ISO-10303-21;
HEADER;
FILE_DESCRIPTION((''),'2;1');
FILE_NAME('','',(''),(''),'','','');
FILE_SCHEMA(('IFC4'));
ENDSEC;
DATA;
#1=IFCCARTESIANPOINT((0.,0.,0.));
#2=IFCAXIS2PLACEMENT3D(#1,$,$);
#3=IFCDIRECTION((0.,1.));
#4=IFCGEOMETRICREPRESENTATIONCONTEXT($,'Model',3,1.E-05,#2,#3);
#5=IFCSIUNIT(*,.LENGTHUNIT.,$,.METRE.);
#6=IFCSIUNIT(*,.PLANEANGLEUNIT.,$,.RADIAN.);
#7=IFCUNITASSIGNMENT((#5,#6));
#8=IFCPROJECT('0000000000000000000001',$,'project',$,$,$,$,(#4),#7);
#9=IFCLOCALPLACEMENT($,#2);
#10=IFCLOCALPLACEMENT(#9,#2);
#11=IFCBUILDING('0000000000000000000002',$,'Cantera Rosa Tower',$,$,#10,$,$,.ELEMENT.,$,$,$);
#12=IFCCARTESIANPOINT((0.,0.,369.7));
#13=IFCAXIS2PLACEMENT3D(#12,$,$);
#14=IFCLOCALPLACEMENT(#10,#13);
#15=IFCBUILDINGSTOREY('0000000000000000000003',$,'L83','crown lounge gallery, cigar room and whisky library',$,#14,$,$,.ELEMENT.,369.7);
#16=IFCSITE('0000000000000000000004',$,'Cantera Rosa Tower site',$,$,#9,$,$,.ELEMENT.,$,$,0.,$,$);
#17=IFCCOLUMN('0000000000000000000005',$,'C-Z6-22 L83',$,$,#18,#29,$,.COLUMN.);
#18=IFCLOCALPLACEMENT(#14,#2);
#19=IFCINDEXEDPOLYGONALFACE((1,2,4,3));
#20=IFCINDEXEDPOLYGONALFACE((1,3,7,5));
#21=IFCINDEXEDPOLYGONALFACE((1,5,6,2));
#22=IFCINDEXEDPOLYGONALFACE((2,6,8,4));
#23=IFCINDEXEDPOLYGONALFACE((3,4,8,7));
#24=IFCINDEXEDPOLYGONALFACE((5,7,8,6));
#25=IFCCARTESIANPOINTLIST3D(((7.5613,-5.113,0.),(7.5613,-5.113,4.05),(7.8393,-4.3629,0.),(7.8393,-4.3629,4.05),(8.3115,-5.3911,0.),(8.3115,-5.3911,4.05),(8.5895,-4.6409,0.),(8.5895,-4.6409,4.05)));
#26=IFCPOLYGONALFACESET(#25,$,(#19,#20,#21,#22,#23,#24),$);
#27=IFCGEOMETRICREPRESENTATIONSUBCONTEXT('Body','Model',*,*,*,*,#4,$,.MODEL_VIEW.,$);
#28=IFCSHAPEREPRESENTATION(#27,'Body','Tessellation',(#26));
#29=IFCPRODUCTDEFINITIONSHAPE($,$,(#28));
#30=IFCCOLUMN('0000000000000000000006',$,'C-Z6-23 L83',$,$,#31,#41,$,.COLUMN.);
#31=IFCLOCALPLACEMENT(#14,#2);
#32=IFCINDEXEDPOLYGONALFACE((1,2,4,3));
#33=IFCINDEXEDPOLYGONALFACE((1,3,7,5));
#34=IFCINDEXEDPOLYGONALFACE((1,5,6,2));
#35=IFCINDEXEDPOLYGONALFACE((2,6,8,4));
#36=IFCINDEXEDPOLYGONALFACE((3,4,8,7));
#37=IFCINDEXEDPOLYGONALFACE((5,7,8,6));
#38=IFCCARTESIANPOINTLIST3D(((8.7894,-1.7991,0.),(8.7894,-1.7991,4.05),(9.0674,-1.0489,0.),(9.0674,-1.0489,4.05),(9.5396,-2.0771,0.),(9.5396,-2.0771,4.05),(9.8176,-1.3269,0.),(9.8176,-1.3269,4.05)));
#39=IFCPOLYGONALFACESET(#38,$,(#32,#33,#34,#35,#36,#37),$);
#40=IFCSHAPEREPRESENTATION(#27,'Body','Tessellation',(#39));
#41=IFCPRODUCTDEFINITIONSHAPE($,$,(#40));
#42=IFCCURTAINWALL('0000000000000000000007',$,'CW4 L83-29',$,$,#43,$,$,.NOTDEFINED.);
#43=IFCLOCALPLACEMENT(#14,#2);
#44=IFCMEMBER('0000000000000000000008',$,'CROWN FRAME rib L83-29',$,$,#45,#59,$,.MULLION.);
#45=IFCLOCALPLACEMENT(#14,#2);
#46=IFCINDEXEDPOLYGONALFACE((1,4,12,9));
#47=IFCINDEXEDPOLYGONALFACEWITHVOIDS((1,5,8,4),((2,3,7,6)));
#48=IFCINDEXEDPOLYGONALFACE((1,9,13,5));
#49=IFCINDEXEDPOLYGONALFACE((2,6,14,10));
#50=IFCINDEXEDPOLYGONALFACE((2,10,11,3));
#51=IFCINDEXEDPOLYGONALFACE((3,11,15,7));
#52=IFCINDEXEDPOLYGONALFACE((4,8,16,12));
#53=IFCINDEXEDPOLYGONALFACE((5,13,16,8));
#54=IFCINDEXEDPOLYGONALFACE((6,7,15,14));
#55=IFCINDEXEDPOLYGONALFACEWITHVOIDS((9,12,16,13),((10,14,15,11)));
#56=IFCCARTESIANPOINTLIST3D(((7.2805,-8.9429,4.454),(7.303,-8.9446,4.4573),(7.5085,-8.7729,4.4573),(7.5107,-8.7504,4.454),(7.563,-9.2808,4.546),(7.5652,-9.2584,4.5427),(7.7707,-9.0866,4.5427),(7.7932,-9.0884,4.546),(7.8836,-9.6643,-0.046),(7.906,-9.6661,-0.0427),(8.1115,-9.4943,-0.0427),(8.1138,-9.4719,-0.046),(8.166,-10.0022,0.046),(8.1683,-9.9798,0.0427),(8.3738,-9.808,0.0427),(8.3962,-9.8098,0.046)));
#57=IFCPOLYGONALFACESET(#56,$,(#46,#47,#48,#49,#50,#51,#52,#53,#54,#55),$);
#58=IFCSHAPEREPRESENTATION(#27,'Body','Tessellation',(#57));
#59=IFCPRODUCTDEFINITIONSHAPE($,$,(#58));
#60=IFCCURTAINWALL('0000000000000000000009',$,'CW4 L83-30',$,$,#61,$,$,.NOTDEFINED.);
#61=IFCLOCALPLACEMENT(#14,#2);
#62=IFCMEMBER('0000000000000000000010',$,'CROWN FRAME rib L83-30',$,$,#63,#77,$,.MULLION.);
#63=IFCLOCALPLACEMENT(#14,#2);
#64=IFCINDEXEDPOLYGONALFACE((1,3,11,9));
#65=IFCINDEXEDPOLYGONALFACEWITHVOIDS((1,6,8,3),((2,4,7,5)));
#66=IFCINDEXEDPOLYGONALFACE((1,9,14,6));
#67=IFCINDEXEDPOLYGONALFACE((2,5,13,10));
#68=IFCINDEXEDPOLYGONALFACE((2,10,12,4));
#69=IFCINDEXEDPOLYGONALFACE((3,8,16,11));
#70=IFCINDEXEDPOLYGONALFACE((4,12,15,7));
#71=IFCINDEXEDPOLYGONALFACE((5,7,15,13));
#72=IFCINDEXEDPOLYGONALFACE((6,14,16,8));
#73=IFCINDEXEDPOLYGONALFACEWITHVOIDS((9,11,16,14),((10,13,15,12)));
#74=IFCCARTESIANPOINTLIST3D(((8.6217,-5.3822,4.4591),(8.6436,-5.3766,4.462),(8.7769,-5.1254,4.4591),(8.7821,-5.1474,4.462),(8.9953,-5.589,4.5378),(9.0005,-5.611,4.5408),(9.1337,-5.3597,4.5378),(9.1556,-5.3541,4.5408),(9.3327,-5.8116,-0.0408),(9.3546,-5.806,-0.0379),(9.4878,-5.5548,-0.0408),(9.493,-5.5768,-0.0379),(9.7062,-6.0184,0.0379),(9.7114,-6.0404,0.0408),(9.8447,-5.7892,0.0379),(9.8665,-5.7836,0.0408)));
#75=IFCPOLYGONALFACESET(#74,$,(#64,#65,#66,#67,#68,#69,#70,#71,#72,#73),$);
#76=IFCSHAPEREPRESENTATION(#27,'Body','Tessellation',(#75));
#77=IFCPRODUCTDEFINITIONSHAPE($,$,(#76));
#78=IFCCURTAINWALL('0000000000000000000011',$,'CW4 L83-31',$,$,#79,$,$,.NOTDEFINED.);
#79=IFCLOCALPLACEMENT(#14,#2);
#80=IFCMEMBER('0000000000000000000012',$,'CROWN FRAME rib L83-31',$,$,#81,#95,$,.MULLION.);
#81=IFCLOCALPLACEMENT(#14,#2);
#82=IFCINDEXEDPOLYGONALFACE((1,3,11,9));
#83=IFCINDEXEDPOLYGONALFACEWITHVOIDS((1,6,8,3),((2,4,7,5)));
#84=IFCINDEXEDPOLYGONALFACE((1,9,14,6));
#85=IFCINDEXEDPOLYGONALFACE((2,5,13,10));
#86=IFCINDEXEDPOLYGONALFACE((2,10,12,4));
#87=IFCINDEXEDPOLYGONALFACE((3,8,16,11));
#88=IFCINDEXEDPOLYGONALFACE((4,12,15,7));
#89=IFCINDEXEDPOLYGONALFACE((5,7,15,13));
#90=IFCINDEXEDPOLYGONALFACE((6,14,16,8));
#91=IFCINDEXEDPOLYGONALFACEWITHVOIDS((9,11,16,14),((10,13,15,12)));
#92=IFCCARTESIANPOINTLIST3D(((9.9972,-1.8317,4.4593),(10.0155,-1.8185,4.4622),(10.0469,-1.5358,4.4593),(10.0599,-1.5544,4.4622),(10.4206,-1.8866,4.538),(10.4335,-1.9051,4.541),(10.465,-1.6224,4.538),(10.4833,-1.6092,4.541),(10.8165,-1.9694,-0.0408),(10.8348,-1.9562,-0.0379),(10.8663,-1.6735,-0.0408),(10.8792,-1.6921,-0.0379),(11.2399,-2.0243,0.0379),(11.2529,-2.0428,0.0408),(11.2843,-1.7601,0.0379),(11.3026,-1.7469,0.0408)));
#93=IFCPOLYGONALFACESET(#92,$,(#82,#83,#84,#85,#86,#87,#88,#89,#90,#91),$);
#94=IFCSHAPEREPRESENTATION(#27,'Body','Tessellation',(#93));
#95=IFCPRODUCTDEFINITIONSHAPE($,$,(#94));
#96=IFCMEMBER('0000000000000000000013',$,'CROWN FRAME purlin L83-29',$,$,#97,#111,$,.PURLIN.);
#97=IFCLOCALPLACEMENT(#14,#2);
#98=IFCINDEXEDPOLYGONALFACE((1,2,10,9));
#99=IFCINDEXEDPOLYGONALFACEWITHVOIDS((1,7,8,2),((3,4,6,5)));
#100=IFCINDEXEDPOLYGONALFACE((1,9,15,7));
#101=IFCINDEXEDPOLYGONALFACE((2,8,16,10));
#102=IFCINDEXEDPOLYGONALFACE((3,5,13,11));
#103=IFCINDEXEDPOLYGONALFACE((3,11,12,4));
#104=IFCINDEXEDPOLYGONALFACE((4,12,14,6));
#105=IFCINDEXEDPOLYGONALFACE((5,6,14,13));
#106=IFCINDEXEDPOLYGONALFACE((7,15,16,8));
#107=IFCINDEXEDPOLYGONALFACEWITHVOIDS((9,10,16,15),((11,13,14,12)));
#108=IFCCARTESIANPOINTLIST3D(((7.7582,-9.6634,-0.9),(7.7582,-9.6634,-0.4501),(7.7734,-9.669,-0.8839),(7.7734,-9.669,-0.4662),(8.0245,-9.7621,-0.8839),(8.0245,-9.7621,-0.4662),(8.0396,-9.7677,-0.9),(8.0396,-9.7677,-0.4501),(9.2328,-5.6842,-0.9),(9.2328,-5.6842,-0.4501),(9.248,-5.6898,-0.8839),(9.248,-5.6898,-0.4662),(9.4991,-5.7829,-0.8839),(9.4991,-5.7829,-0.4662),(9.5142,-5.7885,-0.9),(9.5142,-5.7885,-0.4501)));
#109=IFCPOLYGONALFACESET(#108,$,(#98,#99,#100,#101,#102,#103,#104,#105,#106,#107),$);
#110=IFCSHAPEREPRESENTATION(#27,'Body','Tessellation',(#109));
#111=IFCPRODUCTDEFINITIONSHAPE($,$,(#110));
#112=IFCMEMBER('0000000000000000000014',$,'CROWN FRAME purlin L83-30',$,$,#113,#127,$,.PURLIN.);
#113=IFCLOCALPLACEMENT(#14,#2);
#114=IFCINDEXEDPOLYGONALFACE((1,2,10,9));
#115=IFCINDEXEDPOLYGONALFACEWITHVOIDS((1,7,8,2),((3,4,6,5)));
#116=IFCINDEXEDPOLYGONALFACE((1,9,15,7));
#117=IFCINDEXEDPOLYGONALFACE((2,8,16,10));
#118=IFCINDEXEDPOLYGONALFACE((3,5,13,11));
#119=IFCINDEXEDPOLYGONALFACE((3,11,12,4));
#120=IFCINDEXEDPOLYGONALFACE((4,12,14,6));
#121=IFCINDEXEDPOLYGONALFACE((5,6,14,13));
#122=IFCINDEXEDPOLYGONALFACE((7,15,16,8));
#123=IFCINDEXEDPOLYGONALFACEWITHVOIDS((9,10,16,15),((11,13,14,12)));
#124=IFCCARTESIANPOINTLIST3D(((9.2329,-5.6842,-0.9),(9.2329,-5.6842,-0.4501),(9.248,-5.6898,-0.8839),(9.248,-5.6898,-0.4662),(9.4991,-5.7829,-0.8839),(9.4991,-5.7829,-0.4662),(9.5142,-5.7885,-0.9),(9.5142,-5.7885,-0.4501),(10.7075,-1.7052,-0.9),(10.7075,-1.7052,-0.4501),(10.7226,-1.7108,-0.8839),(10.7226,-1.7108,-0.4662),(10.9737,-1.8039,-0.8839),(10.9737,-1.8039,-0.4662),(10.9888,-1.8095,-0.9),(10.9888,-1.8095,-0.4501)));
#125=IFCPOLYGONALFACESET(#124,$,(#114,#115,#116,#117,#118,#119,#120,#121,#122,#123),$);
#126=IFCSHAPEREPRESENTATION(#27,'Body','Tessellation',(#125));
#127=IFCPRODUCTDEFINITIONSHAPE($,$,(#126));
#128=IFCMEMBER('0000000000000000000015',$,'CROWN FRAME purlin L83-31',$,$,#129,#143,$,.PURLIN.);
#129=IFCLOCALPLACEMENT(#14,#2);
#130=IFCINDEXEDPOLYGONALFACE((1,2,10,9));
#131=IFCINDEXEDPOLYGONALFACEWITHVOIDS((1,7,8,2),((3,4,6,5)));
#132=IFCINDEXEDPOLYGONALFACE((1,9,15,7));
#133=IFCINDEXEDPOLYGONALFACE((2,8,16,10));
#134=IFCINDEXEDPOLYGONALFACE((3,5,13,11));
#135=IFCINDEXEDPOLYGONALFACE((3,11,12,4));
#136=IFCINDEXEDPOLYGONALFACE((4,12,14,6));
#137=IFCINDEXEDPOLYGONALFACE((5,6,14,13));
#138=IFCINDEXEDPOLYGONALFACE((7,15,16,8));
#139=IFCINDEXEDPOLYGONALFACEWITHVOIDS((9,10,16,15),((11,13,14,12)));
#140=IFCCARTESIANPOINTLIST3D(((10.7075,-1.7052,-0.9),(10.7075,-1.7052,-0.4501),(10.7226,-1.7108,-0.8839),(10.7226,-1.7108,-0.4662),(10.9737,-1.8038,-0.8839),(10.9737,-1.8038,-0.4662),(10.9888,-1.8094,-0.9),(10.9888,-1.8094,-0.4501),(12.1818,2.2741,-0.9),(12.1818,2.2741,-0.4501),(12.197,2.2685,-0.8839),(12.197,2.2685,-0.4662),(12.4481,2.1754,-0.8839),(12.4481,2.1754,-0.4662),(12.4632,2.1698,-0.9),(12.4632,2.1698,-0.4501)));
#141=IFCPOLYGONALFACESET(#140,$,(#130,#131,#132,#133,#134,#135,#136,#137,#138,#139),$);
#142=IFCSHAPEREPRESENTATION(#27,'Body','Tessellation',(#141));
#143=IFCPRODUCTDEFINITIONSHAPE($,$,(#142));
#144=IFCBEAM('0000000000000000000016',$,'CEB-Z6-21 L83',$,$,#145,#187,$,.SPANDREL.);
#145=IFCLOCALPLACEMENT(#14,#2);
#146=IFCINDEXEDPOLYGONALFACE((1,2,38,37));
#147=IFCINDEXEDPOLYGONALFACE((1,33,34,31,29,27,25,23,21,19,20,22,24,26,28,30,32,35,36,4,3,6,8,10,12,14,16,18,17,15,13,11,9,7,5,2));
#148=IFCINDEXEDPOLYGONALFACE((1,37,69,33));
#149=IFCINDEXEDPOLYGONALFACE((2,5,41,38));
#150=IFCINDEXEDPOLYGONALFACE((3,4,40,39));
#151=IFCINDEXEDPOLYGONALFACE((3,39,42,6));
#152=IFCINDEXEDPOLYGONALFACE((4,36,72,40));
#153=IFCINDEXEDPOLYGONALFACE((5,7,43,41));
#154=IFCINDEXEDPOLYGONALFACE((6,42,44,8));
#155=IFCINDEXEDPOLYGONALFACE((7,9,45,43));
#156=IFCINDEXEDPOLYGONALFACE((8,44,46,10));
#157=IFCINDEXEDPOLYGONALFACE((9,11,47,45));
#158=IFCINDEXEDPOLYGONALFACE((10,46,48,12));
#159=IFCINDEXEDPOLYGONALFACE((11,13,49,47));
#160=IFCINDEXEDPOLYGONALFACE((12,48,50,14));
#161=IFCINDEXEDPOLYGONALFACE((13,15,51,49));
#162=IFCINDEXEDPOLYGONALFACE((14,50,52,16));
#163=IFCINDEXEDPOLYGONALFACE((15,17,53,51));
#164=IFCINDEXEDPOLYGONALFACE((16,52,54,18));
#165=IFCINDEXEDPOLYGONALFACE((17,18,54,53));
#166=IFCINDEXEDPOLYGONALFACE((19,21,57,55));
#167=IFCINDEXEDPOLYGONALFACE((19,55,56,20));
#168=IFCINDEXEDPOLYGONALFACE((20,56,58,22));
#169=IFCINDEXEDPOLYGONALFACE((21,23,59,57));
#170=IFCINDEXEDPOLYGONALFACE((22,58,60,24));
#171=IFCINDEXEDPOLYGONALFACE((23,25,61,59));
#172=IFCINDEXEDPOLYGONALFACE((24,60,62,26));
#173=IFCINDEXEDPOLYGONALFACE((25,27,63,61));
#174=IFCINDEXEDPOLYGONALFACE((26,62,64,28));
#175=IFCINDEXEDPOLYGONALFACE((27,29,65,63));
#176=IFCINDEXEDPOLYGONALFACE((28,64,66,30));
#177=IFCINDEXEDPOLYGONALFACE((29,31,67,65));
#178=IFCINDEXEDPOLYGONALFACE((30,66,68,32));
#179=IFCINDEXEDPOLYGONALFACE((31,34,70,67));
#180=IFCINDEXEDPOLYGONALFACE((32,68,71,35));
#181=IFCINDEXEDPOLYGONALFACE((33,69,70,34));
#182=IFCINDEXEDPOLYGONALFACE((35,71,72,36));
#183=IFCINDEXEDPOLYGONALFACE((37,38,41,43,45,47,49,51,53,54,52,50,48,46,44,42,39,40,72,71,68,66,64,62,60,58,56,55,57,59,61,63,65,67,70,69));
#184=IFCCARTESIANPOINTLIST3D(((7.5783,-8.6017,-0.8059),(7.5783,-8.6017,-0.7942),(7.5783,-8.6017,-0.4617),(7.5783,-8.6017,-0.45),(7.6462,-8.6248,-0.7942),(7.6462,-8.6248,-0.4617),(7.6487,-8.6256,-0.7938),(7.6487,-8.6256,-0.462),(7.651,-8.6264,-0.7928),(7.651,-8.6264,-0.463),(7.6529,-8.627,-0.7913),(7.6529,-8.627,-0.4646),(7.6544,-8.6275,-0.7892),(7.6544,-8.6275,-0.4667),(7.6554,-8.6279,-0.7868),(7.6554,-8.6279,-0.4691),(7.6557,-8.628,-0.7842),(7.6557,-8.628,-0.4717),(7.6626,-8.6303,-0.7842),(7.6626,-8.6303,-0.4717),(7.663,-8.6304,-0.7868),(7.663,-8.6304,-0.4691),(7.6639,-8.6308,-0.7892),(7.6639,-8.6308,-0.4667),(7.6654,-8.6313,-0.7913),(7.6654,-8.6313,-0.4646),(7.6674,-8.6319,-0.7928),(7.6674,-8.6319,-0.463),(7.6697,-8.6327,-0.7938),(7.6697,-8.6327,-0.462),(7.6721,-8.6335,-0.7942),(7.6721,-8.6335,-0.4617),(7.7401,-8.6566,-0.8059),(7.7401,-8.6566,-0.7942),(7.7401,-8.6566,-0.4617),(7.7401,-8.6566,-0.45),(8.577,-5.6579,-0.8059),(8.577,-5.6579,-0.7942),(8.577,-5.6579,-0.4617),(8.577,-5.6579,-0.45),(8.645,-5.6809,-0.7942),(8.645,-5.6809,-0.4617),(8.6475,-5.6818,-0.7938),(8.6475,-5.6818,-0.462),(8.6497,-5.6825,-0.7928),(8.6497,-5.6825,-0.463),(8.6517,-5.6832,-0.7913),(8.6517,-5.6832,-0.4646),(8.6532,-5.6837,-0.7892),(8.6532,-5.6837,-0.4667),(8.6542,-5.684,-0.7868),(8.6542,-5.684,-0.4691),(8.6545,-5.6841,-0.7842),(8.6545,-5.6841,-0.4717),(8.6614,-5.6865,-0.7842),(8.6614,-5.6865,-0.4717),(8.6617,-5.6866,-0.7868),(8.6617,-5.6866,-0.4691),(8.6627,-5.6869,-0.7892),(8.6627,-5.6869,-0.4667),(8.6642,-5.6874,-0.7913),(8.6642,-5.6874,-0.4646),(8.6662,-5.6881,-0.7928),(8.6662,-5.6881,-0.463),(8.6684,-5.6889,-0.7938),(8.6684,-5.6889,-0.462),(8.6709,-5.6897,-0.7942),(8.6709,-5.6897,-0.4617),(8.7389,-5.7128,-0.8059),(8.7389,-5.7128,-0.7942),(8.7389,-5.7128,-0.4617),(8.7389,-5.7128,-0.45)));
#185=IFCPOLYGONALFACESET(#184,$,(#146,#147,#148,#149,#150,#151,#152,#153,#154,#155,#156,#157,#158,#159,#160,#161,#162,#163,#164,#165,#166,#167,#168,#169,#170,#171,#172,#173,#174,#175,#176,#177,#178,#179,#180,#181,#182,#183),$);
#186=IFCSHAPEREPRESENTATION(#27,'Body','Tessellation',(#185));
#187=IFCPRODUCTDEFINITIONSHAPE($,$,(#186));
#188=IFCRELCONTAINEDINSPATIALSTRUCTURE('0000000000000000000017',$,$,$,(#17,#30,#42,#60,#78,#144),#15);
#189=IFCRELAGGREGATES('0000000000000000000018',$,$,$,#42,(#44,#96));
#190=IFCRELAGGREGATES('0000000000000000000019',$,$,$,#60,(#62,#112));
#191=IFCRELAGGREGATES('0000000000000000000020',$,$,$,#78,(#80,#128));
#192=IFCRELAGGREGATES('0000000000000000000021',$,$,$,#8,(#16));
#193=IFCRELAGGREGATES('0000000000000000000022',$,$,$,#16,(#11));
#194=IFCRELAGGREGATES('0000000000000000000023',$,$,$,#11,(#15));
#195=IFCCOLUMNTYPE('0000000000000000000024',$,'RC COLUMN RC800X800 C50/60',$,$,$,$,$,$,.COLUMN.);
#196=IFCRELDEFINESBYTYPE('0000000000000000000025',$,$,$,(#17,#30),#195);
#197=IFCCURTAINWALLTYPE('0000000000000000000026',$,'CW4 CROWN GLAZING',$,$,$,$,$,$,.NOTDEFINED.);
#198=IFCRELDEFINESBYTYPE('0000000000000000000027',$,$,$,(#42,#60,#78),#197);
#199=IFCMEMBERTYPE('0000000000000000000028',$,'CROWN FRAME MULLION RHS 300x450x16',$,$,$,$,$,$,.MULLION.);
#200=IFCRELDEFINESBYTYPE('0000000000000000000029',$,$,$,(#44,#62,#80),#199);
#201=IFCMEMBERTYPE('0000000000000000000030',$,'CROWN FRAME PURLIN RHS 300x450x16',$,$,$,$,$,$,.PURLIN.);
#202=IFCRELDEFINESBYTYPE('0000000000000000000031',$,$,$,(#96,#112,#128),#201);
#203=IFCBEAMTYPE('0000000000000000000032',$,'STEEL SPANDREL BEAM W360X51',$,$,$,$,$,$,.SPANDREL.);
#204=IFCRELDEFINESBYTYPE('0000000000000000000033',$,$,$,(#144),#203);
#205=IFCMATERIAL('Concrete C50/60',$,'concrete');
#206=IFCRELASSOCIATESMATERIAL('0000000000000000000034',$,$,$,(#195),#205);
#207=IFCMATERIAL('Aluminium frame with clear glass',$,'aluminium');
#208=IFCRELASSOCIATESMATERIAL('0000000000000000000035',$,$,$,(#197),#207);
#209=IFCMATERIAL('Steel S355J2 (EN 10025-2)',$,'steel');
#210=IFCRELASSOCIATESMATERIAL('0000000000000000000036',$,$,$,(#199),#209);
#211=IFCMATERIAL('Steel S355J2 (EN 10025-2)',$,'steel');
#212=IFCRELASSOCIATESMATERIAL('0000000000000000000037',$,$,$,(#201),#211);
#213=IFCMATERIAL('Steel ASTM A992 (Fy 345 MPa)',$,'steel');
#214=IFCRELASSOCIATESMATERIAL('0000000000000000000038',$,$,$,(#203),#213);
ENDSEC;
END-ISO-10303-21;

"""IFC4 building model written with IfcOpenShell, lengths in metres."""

from ifc_helpers import new_model, si_unit, direction, frame, origin, origin_2d, place, context, subcontext, project, spatial, rectangle, hollow_rectangle, i_section, extrude, material, material_profile, profile_set, type_object, element, aggregate, save


model = new_model("IFC4")

# Units and contexts
model_context = context("Model", 3, precision=1e-05, world=origin(), true_north=direction((0.0, 1.0)))
body_context = subcontext(model_context, "Body", "Model", "MODEL_VIEW")
ifc_project = project(units=[si_unit("LENGTHUNIT", "METRE"), si_unit("PLANEANGLEUNIT", "RADIAN")], contexts=[model_context])

# Site, building, storey
site_placement = place(None, origin())
site = spatial("IfcSite", under=ifc_project, at=site_placement, Name="Cantera Rosa Tower site", CompositionType="ELEMENT", RefElevation=0.0)
building_placement = place(site_placement, origin())
building = spatial("IfcBuilding", under=site, at=building_placement, Name="Cantera Rosa Tower", CompositionType="ELEMENT")
storey_placement = place(building_placement, frame((0.0, 0.0, 369.7)))
storey = spatial("IfcBuildingStorey", under=building, at=storey_placement, Name="L83", Description="crown lounge gallery, cigar room and whisky library", CompositionType="ELEMENT", Elevation=369.7)

# Columns
ifc_material_1 = material(Name="Concrete C50/60", Category="concrete")
ifc_material_profile_1 = material_profile(ifc_material_1, rectangle(XDim=0.8, YDim=0.8, at=origin_2d()), Name="RC COLUMN RC800X800 C50/60")
ifc_profile_set_1 = profile_set([ifc_material_profile_1], Name="Concrete C50/60")
column_type = type_object("IfcColumnType", Name="RC COLUMN RC800X800 C50/60", PredefinedType="COLUMN", material=ifc_profile_set_1)
for number, where, z_axis, x_axis, name in (
    (1, (8.0754, -4.877, 0.0), (0.0, 0.0, 1.0), (0.347481, 0.937687, 0.0), "C-Z6-22 L83"),
    (2, (9.3035, -1.563, 0.0), (0.0, 0.0, 1.0), (0.347481, 0.937687, 0.0), "C-Z6-23 L83"),
):
    element("IfcColumn", number, at=place(storey_placement, frame(where, z_axis=z_axis, x_axis=x_axis)), inside=storey, type_object=column_type, Name=name, PredefinedType="COLUMN", context=body_context, shape_type="SweptSolid", body=[
        extrude(rectangle(XDim=0.8, YDim=0.8, at=origin_2d()), origin(), (0.0, 0.0, 1.0), 4.05),
    ])

# Curtain walls, members
ifc_material_2 = material(Name="Aluminium frame with clear glass", Category="aluminium")
curtain_wall_type = type_object("IfcCurtainWallType", Name="CW4 CROWN GLAZING", PredefinedType="NOTDEFINED", material=ifc_material_2)
curtain_wall_1_placement = place(storey_placement, origin())
curtain_wall_1 = element("IfcCurtainWall", 3, at=curtain_wall_1_placement, inside=storey, type_object=curtain_wall_type, Name="CW4 L83-29", PredefinedType="NOTDEFINED")
ifc_material_3 = material(Name="Steel S355J2 (EN 10025-2)", Category="steel")
ifc_material_profile_2 = material_profile(ifc_material_3, hollow_rectangle(XDim=0.3, YDim=0.45, WallThickness=0.0161, at=origin_2d()), Name="CROWN FRAME MULLION RHS 300x450x16")
ifc_profile_set_2 = profile_set([ifc_material_profile_2], Name="Steel S355J2 (EN 10025-2)")
member_type_1 = type_object("IfcMemberType", Name="CROWN FRAME MULLION RHS 300x450x16", PredefinedType="MULLION", material=ifc_profile_set_2)
member_1_placement = place(storey_placement, frame((8.1399, -9.7371, 0.0), z_axis=(-0.131173, 0.15693, 0.97886), x_axis=(-0.767263, -0.641333, 0.0)))
member_1 = element("IfcMember", 4, at=member_1_placement, type_object=member_type_1, Name="CROWN FRAME rib L83-29", PredefinedType="MULLION", context=body_context, shape_type="SweptSolid", body=[
    extrude(hollow_rectangle(XDim=0.3, YDim=0.45, WallThickness=0.0161, at=origin_2d()), origin(), (0.0, 0.0, 1.0), 4.5972),
])
curtain_wall_2_placement = place(storey_placement, origin())
curtain_wall_2 = element("IfcCurtainWall", 5, at=curtain_wall_2_placement, inside=storey, type_object=curtain_wall_type, Name="CW4 L83-30", PredefinedType="NOTDEFINED")
member_2_placement = place(storey_placement, frame((9.5996, -5.7976, 0.0), z_axis=(-0.155362, 0.093847, 0.98339), x_axis=(-0.517044, -0.855959, 0.0)))
member_2 = element("IfcMember", 6, at=member_2_placement, type_object=member_type_1, Name="CROWN FRAME rib L83-30", PredefinedType="MULLION", context=body_context, shape_type="SweptSolid", body=[
    extrude(hollow_rectangle(XDim=0.3, YDim=0.45, WallThickness=0.0161, at=origin_2d()), origin(), (0.0, 0.0, 1.0), 4.5759),
])
curtain_wall_3_placement = place(storey_placement, origin())
curtain_wall_3 = element("IfcCurtainWall", 7, at=curtain_wall_3_placement, inside=storey, type_object=curtain_wall_type, Name="CW4 L83-31", PredefinedType="NOTDEFINED")
member_3_placement = place(storey_placement, frame((11.0596, -1.8582, 0.0), z_axis=(-0.179049, 0.03009, 0.98338), x_axis=(-0.165733, -0.986171, 0.0)))
member_3 = element("IfcMember", 8, at=member_3_placement, type_object=member_type_1, Name="CROWN FRAME rib L83-31", PredefinedType="MULLION", context=body_context, shape_type="SweptSolid", body=[
    extrude(hollow_rectangle(XDim=0.3, YDim=0.45, WallThickness=0.0161, at=origin_2d()), origin(), (0.0, 0.0, 1.0), 4.5762),
])

# Members
ifc_material_4 = material(Name="Steel S355J2 (EN 10025-2)", Category="steel")
ifc_material_profile_3 = material_profile(ifc_material_4, hollow_rectangle(XDim=0.3, YDim=0.45, WallThickness=0.0161, at=origin_2d()), Name="CROWN FRAME PURLIN RHS 300x450x16")
ifc_profile_set_3 = profile_set([ifc_material_profile_3], Name="Steel S355J2 (EN 10025-2)")
member_type_2 = type_object("IfcMemberType", Name="CROWN FRAME PURLIN RHS 300x450x16", PredefinedType="PURLIN", material=ifc_profile_set_3)
member_4_placement = place(storey_placement, frame((7.8989, -9.7156, -0.675), z_axis=(0.347483, 0.937686, 0.0), x_axis=(-0.937686, 0.347483, 0.0)))
member_4 = element("IfcMember", 9, at=member_4_placement, type_object=member_type_2, Name="CROWN FRAME purlin L83-29", PredefinedType="PURLIN", context=body_context, shape_type="SweptSolid", body=[
    extrude(hollow_rectangle(XDim=0.3, YDim=0.45, WallThickness=0.0161, at=origin_2d()), origin(), (0.0, 0.0, 1.0), 4.2437),
])
member_5_placement = place(storey_placement, frame((9.3735, -5.7363, -0.675), z_axis=(0.347502, 0.937679, 0.0), x_axis=(-0.937679, 0.347502, 0.0)))
member_5 = element("IfcMember", 10, at=member_5_placement, type_object=member_type_2, Name="CROWN FRAME purlin L83-30", PredefinedType="PURLIN", context=body_context, shape_type="SweptSolid", body=[
    extrude(hollow_rectangle(XDim=0.3, YDim=0.45, WallThickness=0.0161, at=origin_2d()), origin(), (0.0, 0.0, 1.0), 4.2434),
])
member_6_placement = place(storey_placement, frame((10.8481, -1.7573, -0.675), z_axis=(0.347432, 0.937705, 0.0), x_axis=(-0.937705, 0.347432, 0.0)))
member_6 = element("IfcMember", 11, at=member_6_placement, type_object=member_type_2, Name="CROWN FRAME purlin L83-31", PredefinedType="PURLIN", context=body_context, shape_type="SweptSolid", body=[
    extrude(hollow_rectangle(XDim=0.3, YDim=0.45, WallThickness=0.0161, at=origin_2d()), origin(), (0.0, 0.0, 1.0), 4.2437),
])

# Beam
ifc_material_5 = material(Name="Steel ASTM A992 (Fy 345 MPa)", Category="steel")
ifc_material_profile_4 = material_profile(ifc_material_5, i_section(OverallWidth=0.1709, OverallDepth=0.356, WebThickness=0.0073, FlangeThickness=0.0117, FilletRadius=0.01, at=origin_2d()), Name="W360X51")
ifc_profile_set_4 = profile_set([ifc_material_profile_4], Name="Steel ASTM A992 (Fy 345 MPa)")
beam_type = type_object("IfcBeamType", Name="STEEL SPANDREL BEAM W360X51", PredefinedType="SPANDREL", material=ifc_profile_set_4)
beam_1_placement = place(storey_placement, frame((7.6592, -8.6292, -0.6279), z_axis=(0.321289, 0.946981, 0.0), x_axis=(-0.946981, 0.321289, 0.0)))
element("IfcBeam", 12, at=beam_1_placement, inside=storey, type_object=beam_type, Name="CEB-Z6-21 L83", PredefinedType="SPANDREL", context=body_context, shape_type="SweptSolid", body=[
    extrude(i_section(OverallWidth=0.1709, OverallDepth=0.356, WebThickness=0.0073, FlangeThickness=0.0117, FilletRadius=0.01, at=origin_2d()), origin(), (0.0, 0.0, 1.0), 3.1086),
])

aggregate(curtain_wall_1, [member_1, member_4])
aggregate(curtain_wall_2, [member_2, member_5])
aggregate(curtain_wall_3, [member_3, member_6])

save(model, "model.ifc")
